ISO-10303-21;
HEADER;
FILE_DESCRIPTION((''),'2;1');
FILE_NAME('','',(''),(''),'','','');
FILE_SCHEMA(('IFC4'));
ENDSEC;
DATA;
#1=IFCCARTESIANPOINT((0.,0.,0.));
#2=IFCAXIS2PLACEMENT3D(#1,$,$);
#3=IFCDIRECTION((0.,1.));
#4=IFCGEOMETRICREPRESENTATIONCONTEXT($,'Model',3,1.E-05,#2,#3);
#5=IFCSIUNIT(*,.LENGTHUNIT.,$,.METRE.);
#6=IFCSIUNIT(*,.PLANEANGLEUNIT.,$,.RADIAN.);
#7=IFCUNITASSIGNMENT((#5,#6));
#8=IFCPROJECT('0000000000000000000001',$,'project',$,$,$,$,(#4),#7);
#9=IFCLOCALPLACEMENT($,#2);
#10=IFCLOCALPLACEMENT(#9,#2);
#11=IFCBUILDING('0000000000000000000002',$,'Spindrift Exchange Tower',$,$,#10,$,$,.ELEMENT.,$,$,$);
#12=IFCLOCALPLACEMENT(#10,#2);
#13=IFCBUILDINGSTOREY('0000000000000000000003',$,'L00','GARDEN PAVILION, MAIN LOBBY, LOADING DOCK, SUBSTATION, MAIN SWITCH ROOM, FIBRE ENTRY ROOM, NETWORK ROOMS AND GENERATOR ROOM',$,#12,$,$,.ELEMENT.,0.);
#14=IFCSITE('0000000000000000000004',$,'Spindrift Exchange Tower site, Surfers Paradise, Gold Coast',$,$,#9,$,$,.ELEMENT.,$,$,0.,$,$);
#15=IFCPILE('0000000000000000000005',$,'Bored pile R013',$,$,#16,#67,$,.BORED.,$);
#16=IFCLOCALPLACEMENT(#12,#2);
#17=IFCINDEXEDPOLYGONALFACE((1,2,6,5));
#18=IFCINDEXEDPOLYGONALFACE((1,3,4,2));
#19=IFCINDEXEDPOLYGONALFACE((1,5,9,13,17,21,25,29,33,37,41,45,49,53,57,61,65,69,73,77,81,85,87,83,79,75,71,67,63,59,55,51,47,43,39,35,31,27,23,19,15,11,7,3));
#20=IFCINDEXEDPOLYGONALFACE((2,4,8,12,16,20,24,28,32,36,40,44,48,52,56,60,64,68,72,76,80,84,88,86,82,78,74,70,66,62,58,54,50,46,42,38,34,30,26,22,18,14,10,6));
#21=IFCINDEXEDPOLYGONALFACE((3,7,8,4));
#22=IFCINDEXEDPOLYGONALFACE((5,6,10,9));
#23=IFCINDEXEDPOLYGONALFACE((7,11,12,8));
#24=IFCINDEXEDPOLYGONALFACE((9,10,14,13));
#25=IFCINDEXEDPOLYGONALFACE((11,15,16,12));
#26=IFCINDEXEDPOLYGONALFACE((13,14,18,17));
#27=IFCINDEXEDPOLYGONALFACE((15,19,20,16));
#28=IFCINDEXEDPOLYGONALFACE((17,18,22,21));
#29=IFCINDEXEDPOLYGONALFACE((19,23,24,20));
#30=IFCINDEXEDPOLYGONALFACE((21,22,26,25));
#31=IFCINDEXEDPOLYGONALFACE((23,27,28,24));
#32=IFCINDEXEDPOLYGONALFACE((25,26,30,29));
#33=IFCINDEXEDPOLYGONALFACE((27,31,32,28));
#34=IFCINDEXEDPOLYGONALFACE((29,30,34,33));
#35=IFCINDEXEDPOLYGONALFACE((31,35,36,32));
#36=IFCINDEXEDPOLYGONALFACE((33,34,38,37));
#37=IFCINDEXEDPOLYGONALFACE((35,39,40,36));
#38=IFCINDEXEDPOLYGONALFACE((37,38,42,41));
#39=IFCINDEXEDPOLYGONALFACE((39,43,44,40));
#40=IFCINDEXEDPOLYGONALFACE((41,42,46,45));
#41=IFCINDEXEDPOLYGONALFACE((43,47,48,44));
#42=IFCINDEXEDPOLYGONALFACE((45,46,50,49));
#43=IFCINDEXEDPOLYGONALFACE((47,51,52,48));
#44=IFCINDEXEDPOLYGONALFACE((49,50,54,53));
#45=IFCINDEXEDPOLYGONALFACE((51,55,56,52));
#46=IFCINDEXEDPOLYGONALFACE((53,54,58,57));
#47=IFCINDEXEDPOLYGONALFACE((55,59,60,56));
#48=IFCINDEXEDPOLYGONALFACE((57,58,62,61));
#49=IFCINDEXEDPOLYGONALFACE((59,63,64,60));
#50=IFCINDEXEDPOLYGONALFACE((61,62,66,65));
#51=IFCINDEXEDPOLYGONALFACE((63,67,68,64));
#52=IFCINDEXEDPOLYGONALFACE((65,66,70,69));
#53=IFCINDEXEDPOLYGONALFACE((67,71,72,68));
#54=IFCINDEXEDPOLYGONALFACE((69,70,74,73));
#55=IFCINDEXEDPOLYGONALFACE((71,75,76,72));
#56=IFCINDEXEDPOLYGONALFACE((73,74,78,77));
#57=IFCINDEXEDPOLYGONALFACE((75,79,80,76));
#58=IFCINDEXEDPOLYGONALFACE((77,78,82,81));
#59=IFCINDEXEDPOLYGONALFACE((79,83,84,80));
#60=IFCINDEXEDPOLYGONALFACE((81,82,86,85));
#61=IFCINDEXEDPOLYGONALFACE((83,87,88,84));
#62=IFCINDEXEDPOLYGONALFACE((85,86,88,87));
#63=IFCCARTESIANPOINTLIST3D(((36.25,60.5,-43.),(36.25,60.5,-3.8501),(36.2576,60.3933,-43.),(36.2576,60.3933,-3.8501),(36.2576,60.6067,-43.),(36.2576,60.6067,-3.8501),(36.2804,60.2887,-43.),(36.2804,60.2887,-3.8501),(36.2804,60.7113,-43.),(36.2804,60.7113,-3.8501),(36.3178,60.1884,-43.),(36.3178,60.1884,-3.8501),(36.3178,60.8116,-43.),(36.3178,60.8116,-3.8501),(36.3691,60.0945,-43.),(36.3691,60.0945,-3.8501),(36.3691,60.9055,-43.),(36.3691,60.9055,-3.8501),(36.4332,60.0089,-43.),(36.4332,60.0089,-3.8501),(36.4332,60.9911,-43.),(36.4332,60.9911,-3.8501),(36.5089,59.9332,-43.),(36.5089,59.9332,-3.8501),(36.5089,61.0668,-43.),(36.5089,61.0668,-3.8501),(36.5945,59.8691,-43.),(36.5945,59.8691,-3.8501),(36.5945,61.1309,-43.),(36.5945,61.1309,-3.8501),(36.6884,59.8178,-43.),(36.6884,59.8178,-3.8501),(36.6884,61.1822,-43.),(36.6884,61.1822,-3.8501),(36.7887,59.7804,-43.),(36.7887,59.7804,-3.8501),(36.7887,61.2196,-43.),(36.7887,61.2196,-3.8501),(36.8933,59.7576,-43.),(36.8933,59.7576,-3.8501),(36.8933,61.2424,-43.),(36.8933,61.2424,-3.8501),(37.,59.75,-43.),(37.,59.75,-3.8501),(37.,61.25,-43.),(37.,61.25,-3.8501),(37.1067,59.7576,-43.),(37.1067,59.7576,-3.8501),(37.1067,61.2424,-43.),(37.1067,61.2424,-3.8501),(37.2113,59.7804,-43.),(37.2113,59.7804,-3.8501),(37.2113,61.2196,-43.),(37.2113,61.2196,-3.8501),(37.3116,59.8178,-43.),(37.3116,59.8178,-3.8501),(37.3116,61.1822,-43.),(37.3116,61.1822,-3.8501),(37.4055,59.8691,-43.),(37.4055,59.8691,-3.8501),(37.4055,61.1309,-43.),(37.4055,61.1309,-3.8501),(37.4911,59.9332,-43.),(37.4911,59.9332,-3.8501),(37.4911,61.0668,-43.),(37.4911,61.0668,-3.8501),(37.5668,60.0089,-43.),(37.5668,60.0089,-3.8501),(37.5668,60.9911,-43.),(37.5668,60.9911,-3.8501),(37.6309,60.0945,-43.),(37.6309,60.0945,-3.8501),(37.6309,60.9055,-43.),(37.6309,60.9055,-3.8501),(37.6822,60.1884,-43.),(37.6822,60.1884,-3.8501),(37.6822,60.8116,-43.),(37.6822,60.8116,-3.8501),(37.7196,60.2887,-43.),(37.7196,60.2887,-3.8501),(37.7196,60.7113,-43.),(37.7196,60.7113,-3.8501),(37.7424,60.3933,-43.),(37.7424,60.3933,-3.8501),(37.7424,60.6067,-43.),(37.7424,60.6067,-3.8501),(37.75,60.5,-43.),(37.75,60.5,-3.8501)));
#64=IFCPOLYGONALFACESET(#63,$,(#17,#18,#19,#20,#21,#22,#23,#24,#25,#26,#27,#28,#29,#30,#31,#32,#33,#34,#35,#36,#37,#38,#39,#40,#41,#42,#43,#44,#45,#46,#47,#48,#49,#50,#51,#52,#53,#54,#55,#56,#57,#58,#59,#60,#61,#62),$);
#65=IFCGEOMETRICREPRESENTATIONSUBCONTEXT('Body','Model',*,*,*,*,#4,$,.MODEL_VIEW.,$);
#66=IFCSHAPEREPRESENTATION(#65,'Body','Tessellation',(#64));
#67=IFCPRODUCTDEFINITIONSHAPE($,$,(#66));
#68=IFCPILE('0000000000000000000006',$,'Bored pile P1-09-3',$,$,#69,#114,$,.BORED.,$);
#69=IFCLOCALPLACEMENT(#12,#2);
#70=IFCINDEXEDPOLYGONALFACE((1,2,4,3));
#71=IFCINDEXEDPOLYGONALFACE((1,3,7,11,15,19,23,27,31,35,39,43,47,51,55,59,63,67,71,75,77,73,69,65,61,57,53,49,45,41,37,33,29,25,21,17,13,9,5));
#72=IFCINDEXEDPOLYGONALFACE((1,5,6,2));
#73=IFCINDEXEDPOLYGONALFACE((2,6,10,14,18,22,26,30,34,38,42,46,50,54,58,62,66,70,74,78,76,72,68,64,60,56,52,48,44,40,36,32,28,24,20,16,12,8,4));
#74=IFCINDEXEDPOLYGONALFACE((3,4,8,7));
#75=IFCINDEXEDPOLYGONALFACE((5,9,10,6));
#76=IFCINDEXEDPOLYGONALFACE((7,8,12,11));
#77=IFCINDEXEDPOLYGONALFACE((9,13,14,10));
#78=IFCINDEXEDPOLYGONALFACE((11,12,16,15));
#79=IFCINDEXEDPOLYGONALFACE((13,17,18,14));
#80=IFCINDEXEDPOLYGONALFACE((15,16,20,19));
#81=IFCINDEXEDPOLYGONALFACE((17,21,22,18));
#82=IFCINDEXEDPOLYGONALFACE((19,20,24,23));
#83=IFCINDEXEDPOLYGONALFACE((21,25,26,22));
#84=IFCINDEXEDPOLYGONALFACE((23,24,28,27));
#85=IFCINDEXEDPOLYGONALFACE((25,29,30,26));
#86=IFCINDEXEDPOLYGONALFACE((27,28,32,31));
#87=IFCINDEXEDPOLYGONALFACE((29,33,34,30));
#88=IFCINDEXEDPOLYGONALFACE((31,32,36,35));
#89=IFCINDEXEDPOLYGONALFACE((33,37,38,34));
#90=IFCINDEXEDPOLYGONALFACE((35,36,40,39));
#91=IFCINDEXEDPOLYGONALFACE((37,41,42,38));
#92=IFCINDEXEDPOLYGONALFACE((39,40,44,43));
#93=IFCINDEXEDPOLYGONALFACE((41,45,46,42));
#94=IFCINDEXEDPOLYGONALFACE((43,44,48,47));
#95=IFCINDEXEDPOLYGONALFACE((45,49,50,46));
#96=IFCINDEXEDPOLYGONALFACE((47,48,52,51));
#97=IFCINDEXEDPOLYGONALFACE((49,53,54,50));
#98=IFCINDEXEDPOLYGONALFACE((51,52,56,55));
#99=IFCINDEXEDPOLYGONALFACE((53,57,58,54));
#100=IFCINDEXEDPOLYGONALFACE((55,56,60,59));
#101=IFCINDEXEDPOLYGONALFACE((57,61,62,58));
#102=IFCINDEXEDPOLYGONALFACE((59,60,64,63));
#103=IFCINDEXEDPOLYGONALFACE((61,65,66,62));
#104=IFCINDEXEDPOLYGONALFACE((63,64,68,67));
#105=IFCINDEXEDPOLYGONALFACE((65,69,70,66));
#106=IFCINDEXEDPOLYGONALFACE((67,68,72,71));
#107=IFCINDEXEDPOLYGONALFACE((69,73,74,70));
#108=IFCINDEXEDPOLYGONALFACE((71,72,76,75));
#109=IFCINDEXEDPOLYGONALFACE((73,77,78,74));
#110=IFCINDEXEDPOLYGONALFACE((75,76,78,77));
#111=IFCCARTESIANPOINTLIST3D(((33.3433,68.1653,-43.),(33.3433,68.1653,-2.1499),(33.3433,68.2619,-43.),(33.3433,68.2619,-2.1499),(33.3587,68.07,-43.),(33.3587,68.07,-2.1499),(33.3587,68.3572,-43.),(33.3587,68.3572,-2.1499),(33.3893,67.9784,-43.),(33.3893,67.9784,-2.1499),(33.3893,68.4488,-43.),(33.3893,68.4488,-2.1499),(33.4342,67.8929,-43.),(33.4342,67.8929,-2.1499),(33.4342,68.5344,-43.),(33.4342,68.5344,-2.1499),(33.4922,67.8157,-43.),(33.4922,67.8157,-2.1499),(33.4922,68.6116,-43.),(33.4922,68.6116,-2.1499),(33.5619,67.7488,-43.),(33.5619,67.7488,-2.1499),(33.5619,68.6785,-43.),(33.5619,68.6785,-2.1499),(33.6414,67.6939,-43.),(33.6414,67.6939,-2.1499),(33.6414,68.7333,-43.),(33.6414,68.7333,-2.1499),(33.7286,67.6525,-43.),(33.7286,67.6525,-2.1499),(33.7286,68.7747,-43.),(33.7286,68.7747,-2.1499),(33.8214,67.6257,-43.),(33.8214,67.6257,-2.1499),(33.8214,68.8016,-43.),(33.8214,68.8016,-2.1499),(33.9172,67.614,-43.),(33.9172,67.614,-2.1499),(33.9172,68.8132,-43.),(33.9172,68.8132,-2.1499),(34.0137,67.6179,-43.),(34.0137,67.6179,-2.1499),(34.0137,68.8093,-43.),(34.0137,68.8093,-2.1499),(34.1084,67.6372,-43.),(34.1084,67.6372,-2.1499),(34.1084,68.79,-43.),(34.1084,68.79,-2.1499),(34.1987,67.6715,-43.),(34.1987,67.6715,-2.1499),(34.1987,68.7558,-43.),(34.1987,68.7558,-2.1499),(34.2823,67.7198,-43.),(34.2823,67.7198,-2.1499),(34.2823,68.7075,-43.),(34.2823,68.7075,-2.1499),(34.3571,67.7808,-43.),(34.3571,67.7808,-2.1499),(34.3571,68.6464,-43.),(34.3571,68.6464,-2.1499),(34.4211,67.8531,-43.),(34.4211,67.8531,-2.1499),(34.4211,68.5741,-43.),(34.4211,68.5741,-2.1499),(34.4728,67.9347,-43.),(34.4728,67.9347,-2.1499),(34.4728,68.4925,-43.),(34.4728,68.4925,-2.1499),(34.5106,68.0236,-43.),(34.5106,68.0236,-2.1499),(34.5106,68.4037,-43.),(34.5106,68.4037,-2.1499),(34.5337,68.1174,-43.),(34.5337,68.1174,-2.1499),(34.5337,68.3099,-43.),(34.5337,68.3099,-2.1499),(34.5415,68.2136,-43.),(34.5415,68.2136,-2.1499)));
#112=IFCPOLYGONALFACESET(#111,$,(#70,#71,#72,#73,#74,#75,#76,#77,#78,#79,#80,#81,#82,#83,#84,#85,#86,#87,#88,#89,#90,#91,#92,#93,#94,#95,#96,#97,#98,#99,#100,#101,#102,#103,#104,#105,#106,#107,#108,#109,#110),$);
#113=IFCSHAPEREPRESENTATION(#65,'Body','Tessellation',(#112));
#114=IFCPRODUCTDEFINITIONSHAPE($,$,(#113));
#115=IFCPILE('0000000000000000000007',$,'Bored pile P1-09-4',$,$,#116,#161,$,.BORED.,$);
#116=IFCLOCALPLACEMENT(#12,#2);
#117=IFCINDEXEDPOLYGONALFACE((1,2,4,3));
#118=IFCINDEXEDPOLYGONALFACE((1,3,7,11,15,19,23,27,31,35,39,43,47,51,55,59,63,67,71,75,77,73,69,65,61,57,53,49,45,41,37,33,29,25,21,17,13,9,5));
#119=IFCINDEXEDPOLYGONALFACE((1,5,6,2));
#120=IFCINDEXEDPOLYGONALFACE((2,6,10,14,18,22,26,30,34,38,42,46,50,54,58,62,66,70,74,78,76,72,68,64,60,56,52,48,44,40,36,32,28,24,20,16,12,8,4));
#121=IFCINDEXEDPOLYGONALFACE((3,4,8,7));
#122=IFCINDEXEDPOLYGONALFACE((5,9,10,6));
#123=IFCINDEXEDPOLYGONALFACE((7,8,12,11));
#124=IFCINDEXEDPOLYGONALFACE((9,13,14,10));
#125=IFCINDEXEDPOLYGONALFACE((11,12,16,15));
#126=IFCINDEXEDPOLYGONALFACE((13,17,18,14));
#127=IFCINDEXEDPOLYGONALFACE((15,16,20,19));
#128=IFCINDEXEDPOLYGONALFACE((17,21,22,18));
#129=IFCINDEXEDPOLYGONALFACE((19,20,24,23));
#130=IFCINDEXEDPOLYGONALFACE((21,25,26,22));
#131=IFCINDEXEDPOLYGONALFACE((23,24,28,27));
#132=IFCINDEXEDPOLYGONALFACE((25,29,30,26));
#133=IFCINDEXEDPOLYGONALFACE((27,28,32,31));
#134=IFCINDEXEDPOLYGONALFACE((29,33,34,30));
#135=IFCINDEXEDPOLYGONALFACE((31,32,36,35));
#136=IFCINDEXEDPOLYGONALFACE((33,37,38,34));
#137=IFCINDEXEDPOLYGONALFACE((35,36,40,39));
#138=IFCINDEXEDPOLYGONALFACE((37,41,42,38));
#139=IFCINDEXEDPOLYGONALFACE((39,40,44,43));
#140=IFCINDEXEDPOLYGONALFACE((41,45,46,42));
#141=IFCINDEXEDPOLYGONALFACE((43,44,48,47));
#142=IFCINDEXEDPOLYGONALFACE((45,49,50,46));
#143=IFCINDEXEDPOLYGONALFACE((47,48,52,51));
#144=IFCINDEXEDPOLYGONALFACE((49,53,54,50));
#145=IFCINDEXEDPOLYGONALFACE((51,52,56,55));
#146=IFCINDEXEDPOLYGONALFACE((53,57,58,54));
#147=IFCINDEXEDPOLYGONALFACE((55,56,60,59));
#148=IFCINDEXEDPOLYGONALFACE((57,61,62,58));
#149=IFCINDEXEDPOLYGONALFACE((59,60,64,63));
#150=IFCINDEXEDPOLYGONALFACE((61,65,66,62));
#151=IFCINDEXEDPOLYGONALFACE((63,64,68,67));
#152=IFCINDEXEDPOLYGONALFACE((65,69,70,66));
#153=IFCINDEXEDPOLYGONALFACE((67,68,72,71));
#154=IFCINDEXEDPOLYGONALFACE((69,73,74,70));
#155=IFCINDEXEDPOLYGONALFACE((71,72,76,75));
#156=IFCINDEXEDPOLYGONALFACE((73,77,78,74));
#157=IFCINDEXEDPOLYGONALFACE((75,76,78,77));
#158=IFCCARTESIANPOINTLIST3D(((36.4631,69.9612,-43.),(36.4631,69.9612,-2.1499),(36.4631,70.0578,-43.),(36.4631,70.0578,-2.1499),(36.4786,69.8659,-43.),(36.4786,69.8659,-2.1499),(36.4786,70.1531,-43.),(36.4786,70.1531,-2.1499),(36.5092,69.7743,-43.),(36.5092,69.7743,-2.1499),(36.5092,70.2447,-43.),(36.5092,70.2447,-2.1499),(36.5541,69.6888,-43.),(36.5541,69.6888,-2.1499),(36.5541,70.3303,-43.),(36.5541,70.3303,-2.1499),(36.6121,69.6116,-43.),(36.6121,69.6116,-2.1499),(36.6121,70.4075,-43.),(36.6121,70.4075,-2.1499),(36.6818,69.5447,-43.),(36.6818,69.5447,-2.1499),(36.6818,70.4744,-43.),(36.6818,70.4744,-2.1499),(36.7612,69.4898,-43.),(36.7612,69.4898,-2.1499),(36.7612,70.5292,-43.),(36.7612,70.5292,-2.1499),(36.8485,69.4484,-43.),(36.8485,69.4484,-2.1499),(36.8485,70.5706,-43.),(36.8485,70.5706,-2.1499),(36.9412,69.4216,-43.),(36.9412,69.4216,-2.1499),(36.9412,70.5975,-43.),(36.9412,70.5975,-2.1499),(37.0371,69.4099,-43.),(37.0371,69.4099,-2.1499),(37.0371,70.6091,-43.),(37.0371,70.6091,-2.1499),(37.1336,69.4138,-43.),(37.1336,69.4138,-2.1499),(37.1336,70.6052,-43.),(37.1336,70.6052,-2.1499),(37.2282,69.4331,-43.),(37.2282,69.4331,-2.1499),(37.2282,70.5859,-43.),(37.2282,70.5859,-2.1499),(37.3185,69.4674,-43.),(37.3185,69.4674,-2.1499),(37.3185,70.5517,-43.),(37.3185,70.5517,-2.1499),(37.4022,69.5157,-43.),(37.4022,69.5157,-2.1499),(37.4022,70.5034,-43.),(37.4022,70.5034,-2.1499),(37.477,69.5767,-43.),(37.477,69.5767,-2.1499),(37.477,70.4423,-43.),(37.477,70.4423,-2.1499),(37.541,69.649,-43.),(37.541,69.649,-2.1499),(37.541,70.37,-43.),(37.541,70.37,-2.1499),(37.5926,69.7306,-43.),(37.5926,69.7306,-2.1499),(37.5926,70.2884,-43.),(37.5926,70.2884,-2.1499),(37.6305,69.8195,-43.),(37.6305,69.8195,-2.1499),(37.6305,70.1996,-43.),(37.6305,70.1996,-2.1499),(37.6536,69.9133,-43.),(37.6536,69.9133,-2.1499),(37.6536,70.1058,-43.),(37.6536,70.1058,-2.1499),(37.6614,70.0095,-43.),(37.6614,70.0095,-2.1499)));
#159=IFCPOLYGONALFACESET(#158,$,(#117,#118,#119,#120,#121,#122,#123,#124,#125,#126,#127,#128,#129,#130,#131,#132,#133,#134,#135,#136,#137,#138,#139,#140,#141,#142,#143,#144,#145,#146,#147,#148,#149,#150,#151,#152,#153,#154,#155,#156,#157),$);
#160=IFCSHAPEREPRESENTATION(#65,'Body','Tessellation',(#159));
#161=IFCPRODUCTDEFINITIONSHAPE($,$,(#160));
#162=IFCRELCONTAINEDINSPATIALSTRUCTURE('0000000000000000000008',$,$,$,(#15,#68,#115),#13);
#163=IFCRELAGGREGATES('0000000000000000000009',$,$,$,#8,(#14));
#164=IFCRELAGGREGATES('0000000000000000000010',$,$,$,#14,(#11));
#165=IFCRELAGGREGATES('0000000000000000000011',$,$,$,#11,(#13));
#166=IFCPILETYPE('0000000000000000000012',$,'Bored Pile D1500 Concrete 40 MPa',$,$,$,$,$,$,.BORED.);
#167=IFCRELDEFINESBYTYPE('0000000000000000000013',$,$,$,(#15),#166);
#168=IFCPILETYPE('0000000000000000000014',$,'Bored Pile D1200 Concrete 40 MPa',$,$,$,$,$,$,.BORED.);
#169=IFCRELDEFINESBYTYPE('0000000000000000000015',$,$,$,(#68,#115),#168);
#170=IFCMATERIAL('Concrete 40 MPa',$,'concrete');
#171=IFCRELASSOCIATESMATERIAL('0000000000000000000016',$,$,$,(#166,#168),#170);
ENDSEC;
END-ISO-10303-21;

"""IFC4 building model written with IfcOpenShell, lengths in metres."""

from ifc_helpers import new_model, si_unit, direction, frame, origin, origin_2d, place, context, subcontext, project, spatial, circle, extrude, source, transform, mapped, material, material_profile, profile_set, type_object, element, save


model = new_model("IFC4")

# Units and contexts
model_context = context("Model", 3, precision=1e-05, world=origin(), true_north=direction((0.0, 1.0)))
body_context = subcontext(model_context, "Body", "Model", "MODEL_VIEW")
ifc_project = project(units=[si_unit("LENGTHUNIT", "METRE"), si_unit("PLANEANGLEUNIT", "RADIAN")], contexts=[model_context])

# Site, building, storey
site_placement = place(None, origin())
site = spatial("IfcSite", under=ifc_project, at=site_placement, Name="Spindrift Exchange Tower site, Surfers Paradise, Gold Coast", CompositionType="ELEMENT", RefElevation=0.0)
building_placement = place(site_placement, origin())
building = spatial("IfcBuilding", under=site, at=building_placement, Name="Spindrift Exchange Tower", CompositionType="ELEMENT")
storey_placement = place(building_placement, origin())
storey = spatial("IfcBuildingStorey", under=building, at=storey_placement, Name="L00", Description="GARDEN PAVILION, MAIN LOBBY, LOADING DOCK, SUBSTATION, MAIN SWITCH ROOM, FIBRE ENTRY ROOM, NETWORK ROOMS AND GENERATOR ROOM", CompositionType="ELEMENT", Elevation=0.0)

# Piles
ifc_material_1 = material(Name="Concrete 40 MPa", Category="concrete")
ifc_material_profile_1 = material_profile(ifc_material_1, circle(Radius=0.75, at=origin_2d()), Name="BP D1500")
ifc_profile_set_1 = profile_set([ifc_material_profile_1], Name="Concrete 40 MPa")
pile_type_1 = type_object("IfcPileType", Name="Bored Pile D1500 Concrete 40 MPa", PredefinedType="BORED", material=ifc_profile_set_1)
shared_shape_1 = source(origin(), body_context, "Body", "SweptSolid", [
    extrude(circle(Radius=0.75, at=origin_2d()), origin(), (0.0, 0.0, 1.0), 39.1499),
])
pile_placement = place(storey_placement, frame((37.0, 60.5, -3.8501), z_axis=(0.0, 0.0, -1.0), x_axis=(1.0, 0.0, 0.0)))
element("IfcPile", 1, at=pile_placement, inside=storey, type_object=pile_type_1, Name="Bored pile R013", PredefinedType="BORED", context=body_context, shape_type="MappedRepresentation", body=[
    mapped(shared_shape_1, transform((0.0, 0.0, 0.0), scale=1.0)),
])
ifc_material_profile_2 = material_profile(ifc_material_1, circle(Radius=0.6001, at=origin_2d()), Name="BP D1200")
ifc_profile_set_2 = profile_set([ifc_material_profile_2], Name="Concrete 40 MPa")
pile_type_2 = type_object("IfcPileType", Name="Bored Pile D1200 Concrete 40 MPa", PredefinedType="BORED", material=ifc_profile_set_2)
shared_shape_2 = source(origin(), body_context, "Body", "SweptSolid", [
    extrude(circle(Radius=0.6001, at=origin_2d()), origin(), (0.0, 0.0, 1.0), 40.8501),
])
for number, where, z_axis, x_axis, name in (
    (2, (33.9414, 68.2136, -2.1499), (0.0, 0.0, -1.0), (1.0, 0.0, 0.0), "Bored pile P1-09-3"),
    (3, (37.0613, 70.0095, -2.1499), (0.0, 0.0, -1.0), (1.0, 0.0, 0.0), "Bored pile P1-09-4"),
):
    element("IfcPile", number, at=place(storey_placement, frame(where, z_axis=z_axis, x_axis=x_axis)), inside=storey, type_object=pile_type_2, Name=name, PredefinedType="BORED", context=body_context, shape_type="MappedRepresentation", body=[
        mapped(shared_shape_2, transform((0.0, 0.0, 0.0), scale=1.0)),
    ])

save(model, "model.ifc")
